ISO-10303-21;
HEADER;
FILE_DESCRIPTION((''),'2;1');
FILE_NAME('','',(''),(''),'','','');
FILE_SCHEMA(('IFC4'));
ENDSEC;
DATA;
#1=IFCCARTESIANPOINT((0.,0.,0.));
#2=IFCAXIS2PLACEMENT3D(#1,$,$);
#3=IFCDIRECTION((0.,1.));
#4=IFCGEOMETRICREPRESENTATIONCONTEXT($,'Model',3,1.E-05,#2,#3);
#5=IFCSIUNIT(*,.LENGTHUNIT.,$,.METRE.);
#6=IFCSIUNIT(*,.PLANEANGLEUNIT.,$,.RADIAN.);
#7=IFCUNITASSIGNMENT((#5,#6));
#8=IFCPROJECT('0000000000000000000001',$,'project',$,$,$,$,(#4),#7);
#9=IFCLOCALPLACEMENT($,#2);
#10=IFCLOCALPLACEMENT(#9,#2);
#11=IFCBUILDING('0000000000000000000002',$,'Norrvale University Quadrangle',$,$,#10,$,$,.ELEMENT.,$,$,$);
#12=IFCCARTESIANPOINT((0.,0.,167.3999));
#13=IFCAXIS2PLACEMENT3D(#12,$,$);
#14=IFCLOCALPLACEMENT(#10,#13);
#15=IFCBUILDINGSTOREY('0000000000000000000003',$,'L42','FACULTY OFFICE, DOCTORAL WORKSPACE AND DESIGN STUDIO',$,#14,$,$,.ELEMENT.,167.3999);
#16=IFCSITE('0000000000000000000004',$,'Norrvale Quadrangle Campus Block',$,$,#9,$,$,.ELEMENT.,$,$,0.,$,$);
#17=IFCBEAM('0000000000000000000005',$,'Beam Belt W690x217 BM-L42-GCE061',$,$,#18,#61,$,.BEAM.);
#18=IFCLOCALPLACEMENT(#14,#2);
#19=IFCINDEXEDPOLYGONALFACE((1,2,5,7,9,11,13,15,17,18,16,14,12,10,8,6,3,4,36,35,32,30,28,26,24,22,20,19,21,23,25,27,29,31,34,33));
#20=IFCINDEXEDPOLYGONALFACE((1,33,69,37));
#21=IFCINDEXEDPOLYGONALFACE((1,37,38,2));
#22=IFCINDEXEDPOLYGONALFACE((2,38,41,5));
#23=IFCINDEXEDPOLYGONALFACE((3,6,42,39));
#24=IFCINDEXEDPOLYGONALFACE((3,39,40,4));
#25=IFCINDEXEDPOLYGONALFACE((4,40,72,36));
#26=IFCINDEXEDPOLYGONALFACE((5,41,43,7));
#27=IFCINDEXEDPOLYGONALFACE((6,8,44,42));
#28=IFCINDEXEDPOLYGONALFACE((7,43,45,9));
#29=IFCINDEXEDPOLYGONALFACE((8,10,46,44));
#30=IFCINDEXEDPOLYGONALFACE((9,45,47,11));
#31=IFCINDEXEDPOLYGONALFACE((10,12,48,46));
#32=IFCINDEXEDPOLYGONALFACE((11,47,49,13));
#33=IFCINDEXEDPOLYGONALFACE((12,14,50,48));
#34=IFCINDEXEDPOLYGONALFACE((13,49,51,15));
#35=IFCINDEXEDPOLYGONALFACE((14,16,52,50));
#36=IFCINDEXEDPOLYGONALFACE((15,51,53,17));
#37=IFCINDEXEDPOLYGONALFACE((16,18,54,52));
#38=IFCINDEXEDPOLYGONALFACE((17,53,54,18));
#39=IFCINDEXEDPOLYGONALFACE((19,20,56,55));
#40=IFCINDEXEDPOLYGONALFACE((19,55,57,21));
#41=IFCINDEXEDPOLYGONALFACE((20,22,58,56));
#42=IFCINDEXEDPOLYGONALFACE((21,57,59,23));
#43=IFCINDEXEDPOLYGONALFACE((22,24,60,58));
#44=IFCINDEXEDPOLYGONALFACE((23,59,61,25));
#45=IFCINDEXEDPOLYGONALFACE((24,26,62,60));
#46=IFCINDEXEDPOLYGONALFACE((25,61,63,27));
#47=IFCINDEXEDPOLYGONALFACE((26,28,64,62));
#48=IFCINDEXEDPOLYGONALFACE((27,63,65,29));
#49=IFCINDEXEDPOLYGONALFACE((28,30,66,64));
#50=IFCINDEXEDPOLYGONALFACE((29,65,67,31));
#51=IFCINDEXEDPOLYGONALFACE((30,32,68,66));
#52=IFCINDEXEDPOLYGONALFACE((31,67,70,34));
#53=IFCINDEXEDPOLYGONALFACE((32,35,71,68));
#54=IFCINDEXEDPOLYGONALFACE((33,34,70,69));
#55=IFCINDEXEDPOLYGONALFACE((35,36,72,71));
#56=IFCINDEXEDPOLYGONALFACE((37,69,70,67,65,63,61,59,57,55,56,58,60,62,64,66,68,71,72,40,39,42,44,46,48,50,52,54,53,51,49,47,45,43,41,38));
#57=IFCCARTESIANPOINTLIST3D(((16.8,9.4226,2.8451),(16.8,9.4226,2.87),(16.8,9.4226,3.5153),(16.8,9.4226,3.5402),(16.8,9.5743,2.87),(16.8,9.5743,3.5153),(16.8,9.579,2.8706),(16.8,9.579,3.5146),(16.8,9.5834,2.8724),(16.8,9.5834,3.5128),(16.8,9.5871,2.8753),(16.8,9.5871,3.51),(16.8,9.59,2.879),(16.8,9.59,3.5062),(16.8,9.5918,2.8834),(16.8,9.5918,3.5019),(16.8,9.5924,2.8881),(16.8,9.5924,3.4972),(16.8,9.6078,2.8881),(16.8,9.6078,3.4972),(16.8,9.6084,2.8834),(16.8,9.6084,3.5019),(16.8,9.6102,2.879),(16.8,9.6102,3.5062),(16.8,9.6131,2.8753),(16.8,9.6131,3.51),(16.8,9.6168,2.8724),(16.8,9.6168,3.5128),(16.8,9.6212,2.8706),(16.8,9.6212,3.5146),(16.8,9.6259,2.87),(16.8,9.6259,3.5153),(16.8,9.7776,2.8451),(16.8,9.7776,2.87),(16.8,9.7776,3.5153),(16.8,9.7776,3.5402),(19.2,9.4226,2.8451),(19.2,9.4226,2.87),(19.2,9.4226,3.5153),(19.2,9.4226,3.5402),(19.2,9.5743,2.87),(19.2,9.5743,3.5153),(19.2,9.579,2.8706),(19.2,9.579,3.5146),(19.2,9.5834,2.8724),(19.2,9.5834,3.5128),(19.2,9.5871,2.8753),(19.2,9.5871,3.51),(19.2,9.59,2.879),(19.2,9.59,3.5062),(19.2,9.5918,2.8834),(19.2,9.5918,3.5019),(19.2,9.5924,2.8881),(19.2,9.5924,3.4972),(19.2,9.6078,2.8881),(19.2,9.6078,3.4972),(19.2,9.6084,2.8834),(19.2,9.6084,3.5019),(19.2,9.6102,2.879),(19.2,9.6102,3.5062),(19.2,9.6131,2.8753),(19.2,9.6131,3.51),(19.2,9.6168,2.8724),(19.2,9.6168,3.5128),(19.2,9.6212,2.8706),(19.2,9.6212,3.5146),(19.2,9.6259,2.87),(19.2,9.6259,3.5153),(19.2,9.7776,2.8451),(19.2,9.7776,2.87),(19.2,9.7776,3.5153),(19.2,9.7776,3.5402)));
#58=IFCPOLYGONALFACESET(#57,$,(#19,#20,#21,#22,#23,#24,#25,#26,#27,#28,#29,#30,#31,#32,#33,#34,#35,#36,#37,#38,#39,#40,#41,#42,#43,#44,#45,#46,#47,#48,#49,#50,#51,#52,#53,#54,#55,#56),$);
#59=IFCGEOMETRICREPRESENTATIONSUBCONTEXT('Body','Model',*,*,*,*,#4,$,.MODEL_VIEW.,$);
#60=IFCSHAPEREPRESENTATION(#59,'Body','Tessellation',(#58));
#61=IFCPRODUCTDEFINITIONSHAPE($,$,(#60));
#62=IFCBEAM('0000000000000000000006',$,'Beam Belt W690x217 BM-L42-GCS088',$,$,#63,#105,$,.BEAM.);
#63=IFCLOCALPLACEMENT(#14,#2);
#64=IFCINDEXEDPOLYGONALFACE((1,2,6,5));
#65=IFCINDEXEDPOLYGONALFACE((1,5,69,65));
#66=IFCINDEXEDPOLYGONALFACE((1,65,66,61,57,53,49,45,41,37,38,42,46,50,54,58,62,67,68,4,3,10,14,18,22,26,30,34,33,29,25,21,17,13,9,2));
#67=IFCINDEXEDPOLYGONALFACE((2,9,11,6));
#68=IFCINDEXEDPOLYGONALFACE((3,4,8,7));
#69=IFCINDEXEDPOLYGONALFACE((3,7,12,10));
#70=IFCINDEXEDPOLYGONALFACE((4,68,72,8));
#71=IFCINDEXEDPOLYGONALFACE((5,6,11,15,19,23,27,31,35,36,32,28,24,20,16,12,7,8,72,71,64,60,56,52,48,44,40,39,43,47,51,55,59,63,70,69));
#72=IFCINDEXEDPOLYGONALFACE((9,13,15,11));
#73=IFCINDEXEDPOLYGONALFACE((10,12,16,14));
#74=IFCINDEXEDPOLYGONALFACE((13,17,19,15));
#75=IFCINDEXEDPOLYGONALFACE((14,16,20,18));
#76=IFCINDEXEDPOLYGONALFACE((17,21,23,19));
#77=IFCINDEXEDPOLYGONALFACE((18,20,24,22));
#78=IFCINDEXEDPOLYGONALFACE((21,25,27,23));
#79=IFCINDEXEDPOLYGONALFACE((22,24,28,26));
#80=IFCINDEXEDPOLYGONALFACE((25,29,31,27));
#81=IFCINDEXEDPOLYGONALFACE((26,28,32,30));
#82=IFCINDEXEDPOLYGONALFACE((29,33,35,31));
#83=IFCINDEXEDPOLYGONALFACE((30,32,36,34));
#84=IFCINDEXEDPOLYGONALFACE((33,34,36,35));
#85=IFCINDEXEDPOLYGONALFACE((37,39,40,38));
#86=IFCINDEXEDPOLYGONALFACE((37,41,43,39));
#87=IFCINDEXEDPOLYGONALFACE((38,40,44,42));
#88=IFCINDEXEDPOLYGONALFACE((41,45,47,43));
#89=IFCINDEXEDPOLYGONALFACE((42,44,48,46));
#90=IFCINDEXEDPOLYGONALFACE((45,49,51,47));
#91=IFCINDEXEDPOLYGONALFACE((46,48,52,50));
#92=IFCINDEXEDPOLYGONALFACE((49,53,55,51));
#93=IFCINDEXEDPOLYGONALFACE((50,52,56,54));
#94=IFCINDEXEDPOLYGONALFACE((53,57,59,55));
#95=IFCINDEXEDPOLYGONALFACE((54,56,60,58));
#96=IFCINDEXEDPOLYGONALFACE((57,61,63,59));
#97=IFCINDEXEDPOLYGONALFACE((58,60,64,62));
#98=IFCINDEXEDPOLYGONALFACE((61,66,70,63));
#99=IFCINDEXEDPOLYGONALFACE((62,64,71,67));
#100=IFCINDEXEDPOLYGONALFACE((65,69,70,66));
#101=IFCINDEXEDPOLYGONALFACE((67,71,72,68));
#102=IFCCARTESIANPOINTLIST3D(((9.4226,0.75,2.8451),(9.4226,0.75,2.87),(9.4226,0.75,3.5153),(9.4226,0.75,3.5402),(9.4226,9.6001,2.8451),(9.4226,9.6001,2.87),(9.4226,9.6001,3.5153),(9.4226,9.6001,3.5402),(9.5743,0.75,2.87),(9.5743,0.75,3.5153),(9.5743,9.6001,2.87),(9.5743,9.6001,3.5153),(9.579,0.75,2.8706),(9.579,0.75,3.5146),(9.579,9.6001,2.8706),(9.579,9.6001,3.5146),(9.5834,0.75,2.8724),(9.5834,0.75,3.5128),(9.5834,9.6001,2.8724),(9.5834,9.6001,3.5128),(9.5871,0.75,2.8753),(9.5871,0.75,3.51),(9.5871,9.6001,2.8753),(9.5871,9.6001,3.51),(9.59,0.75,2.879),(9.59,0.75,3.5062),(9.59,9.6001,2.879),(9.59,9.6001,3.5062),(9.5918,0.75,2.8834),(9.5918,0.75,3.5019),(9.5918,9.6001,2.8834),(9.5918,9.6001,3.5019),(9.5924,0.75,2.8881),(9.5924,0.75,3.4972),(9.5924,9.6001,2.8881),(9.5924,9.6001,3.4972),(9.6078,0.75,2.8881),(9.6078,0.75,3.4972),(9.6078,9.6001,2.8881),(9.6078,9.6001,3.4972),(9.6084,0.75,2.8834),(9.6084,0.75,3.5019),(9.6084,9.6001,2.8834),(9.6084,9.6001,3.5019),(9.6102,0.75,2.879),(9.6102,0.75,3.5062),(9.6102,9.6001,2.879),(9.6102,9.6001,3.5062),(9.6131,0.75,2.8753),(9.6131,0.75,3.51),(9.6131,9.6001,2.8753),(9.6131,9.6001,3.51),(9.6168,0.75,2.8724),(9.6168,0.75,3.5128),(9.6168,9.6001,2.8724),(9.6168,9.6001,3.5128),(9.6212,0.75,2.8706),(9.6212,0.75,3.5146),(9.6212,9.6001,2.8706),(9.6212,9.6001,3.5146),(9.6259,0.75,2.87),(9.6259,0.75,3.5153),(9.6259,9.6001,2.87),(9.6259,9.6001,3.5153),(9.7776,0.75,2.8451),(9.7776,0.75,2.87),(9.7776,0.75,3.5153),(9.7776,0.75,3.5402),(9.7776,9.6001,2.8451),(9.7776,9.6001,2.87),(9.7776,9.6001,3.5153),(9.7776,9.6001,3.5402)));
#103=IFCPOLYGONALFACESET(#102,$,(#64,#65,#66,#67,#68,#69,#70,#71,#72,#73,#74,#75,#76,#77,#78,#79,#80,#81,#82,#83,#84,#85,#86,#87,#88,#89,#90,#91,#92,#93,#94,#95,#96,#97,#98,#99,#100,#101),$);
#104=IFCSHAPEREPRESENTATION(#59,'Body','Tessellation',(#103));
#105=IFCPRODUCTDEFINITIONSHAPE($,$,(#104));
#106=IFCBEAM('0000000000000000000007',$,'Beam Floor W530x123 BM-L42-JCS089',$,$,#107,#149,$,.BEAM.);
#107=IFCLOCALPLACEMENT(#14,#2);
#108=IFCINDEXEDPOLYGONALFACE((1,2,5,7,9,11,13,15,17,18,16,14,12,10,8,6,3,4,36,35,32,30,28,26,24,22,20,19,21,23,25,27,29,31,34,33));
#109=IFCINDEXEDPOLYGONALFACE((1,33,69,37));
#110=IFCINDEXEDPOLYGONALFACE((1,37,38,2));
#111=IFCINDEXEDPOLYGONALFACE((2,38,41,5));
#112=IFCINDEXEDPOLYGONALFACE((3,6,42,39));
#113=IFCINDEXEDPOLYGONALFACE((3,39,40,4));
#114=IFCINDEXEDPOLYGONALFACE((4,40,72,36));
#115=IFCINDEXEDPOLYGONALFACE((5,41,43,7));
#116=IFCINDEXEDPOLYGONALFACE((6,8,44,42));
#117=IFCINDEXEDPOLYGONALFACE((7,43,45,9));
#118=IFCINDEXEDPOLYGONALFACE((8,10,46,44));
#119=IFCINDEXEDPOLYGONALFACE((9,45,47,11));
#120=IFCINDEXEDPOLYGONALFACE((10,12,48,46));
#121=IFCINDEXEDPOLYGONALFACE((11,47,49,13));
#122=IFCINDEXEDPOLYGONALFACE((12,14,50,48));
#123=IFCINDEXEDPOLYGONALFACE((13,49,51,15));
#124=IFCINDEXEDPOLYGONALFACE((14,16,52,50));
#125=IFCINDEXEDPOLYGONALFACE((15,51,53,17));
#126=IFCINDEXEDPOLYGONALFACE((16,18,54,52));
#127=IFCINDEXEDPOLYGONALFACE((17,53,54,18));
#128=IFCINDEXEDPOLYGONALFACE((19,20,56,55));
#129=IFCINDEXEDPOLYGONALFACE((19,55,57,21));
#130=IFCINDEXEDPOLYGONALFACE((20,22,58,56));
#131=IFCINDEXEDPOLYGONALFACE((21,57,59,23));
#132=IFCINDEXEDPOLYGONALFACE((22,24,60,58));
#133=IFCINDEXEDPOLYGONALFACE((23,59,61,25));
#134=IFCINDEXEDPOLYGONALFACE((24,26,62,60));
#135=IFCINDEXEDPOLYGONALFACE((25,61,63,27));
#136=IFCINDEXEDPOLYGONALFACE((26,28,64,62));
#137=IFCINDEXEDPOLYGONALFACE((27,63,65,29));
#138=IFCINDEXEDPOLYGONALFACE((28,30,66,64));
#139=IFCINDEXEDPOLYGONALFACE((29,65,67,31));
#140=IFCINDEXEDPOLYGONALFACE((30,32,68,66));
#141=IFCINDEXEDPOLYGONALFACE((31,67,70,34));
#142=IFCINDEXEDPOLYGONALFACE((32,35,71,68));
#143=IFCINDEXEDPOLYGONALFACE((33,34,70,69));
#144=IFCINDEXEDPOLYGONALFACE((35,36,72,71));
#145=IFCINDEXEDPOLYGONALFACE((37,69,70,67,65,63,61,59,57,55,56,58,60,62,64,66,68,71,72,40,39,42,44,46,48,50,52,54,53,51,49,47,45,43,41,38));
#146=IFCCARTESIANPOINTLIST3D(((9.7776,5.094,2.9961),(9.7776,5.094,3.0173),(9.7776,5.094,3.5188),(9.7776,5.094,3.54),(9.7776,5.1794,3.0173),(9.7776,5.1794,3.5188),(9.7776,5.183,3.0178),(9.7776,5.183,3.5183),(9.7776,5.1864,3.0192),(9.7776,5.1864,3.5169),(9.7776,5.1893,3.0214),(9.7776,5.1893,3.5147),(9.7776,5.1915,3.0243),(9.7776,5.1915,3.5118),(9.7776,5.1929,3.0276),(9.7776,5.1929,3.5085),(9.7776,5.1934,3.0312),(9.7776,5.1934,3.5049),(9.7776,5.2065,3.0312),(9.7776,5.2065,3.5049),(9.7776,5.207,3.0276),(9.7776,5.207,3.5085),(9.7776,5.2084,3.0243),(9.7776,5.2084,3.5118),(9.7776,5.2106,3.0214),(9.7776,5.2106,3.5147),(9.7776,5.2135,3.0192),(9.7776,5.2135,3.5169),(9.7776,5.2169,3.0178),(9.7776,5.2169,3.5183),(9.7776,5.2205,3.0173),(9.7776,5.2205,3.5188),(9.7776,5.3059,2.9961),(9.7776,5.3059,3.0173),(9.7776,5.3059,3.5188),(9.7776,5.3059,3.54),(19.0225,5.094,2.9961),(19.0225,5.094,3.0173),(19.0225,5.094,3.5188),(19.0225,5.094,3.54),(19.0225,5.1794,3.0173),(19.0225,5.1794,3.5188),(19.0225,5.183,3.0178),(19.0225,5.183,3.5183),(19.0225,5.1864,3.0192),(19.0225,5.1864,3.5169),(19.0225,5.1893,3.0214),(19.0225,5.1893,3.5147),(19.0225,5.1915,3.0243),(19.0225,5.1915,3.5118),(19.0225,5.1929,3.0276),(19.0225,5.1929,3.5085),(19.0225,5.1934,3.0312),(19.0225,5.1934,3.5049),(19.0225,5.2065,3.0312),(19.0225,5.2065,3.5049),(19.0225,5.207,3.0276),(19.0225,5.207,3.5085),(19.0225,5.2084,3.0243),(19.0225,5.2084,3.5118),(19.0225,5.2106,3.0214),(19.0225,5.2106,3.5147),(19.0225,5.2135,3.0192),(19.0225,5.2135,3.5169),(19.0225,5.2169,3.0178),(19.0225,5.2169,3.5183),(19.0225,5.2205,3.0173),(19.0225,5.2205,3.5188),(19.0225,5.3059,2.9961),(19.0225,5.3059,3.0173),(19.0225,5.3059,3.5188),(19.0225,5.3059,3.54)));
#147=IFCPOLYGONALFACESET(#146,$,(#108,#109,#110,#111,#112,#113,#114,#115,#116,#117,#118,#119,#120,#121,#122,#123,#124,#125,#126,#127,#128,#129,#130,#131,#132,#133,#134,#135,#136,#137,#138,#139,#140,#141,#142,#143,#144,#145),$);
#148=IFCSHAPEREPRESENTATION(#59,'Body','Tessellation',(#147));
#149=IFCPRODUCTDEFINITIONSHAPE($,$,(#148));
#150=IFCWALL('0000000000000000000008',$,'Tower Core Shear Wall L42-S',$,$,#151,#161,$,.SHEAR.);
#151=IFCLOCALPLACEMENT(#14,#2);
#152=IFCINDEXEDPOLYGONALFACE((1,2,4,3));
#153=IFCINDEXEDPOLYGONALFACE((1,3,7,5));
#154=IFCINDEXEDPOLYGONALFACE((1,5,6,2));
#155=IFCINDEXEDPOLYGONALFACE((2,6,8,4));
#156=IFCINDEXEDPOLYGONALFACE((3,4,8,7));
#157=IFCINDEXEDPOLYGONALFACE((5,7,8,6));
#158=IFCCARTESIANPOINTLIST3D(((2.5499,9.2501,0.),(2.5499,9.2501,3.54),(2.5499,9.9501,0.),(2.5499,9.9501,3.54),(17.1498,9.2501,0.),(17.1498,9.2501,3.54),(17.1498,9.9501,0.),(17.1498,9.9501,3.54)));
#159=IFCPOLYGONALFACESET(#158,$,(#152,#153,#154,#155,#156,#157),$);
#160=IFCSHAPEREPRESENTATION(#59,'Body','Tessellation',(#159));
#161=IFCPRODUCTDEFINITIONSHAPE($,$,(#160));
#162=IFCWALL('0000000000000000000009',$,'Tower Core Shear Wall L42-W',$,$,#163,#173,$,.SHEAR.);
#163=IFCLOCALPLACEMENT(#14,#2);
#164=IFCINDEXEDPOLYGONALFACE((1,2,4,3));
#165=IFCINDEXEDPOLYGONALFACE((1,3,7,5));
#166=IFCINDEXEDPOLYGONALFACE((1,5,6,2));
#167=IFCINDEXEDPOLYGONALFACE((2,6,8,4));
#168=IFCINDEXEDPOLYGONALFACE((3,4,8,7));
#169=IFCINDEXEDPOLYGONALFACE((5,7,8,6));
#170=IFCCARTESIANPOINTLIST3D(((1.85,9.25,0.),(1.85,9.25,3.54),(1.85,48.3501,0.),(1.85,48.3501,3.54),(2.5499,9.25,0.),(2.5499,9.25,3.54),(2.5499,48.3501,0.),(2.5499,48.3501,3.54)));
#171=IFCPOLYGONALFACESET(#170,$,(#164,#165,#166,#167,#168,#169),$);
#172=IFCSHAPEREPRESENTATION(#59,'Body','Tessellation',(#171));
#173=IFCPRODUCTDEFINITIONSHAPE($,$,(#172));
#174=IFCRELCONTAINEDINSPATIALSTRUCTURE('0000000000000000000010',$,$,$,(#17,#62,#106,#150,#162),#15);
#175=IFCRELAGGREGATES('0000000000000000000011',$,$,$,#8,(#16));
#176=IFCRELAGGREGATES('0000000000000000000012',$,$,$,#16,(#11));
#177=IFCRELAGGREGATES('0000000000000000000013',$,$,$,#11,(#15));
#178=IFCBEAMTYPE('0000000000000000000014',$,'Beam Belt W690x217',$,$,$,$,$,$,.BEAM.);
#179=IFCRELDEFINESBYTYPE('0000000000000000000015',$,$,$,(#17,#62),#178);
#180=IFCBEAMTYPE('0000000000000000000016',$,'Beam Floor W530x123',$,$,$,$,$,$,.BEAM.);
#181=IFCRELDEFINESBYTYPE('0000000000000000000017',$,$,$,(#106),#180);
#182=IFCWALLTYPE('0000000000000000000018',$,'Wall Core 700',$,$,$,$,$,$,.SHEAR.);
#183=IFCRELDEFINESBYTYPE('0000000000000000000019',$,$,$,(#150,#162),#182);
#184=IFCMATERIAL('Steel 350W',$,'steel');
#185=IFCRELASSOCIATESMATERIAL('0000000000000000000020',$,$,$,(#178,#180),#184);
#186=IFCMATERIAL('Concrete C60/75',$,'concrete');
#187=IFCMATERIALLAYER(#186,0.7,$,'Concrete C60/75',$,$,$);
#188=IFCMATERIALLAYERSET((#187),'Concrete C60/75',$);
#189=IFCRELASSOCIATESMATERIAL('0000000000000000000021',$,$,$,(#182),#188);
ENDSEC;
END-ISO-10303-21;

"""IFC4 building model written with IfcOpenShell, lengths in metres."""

from ifc_helpers import new_model, si_unit, direction, frame, frame_2d, origin, origin_2d, place, context, subcontext, project, spatial, rectangle, i_section, extrude, material, layer, layer_set, material_profile, profile_set, type_object, element, save


model = new_model("IFC4")

# Units and contexts
model_context = context("Model", 3, precision=1e-05, world=origin(), true_north=direction((0.0, 1.0)))
body_context = subcontext(model_context, "Body", "Model", "MODEL_VIEW")
ifc_project = project(units=[si_unit("LENGTHUNIT", "METRE"), si_unit("PLANEANGLEUNIT", "RADIAN")], contexts=[model_context])

# Site, building, storey
site_placement = place(None, origin())
site = spatial("IfcSite", under=ifc_project, at=site_placement, Name="Norrvale Quadrangle Campus Block", CompositionType="ELEMENT", RefElevation=0.0)
building_placement = place(site_placement, origin())
building = spatial("IfcBuilding", under=site, at=building_placement, Name="Norrvale University Quadrangle", CompositionType="ELEMENT")
storey_placement = place(building_placement, frame((0.0, 0.0, 167.3999)))
storey = spatial("IfcBuildingStorey", under=building, at=storey_placement, Name="L42", Description="FACULTY OFFICE, DOCTORAL WORKSPACE AND DESIGN STUDIO", CompositionType="ELEMENT", Elevation=167.3999)

# Shared definitions
ifc_material_1 = material(Name="Concrete C60/75", Category="concrete")

# Beams
ifc_material_2 = material(Name="Steel 350W", Category="steel")
ifc_material_profile_1 = material_profile(ifc_material_2, i_section(OverallWidth=0.355, OverallDepth=0.6951, WebThickness=0.0154, FlangeThickness=0.0249, FilletRadius=0.0181, at=origin_2d()), Name="Steel 350W")
ifc_profile_set_1 = profile_set([ifc_material_profile_1], Name="Steel 350W")
beam_type_1 = type_object("IfcBeamType", Name="Beam Belt W690x217", PredefinedType="BEAM", material=ifc_profile_set_1)
beam_1_placement = place(storey_placement, frame((16.8, 9.6001, 3.1926), z_axis=(1.0, 0.0, 0.0), x_axis=(0.0, 1.0, 0.0)))
element("IfcBeam", 1, at=beam_1_placement, inside=storey, type_object=beam_type_1, Name="Beam Belt W690x217 BM-L42-GCE061", PredefinedType="BEAM", context=body_context, shape_type="SweptSolid", body=[
    extrude(i_section(OverallWidth=0.355, OverallDepth=0.6951, WebThickness=0.0154, FlangeThickness=0.0249, FilletRadius=0.0181, at=origin_2d()), origin(), (0.0, 0.0, 1.0), 2.3999),
])
beam_2_placement = place(storey_placement, frame((9.6001, 0.75, 3.1926), z_axis=(0.0, 1.0, 0.0), x_axis=(-1.0, 0.0, 0.0)))
element("IfcBeam", 2, at=beam_2_placement, inside=storey, type_object=beam_type_1, Name="Beam Belt W690x217 BM-L42-GCS088", PredefinedType="BEAM", context=body_context, shape_type="SweptSolid", body=[
    extrude(i_section(OverallWidth=0.355, OverallDepth=0.6951, WebThickness=0.0154, FlangeThickness=0.0249, FilletRadius=0.0181, at=origin_2d()), origin(), (0.0, 0.0, 1.0), 8.8501),
])
ifc_material_profile_2 = material_profile(ifc_material_2, i_section(OverallWidth=0.2119, OverallDepth=0.5439, WebThickness=0.0132, FlangeThickness=0.0212, FilletRadius=0.0139, at=origin_2d()), Name="Steel 350W")
ifc_profile_set_2 = profile_set([ifc_material_profile_2], Name="Steel 350W")
beam_type_2 = type_object("IfcBeamType", Name="Beam Floor W530x123", PredefinedType="BEAM", material=ifc_profile_set_2)
beam_3_placement = place(storey_placement, frame((9.7776, 5.2, 3.2681), z_axis=(1.0, 0.0, 0.0), x_axis=(0.0, 1.0, 0.0)))
element("IfcBeam", 3, at=beam_3_placement, inside=storey, type_object=beam_type_2, Name="Beam Floor W530x123 BM-L42-JCS089", PredefinedType="BEAM", context=body_context, shape_type="SweptSolid", body=[
    extrude(i_section(OverallWidth=0.2119, OverallDepth=0.5439, WebThickness=0.0132, FlangeThickness=0.0212, FilletRadius=0.0139, at=origin_2d()), origin(), (0.0, 0.0, 1.0), 9.2449),
])

# Walls
ifc_layer_1 = layer(ifc_material_1, 0.7, Name="Concrete C60/75")
ifc_layer_set_1 = layer_set([ifc_layer_1], Name="Concrete C60/75")
wall_type_1 = type_object("IfcWallType", Name="Wall Core 700", PredefinedType="SHEAR", material=ifc_layer_set_1)
wall_1_placement = place(storey_placement, frame((2.55, 9.6001, 0.0), z_axis=(0.0, 0.0, 1.0), x_axis=(1.0, 0.0, 0.0)))
element("IfcWall", 4, at=wall_1_placement, inside=storey, type_object=wall_type_1, Name="Tower Core Shear Wall L42-S", PredefinedType="SHEAR", context=body_context, shape_type="SweptSolid", body=[
    extrude(rectangle(XDim=14.5999, YDim=0.7, at=frame_2d((7.2998, 0.0))), origin(), (0.0, 0.0, 1.0), 3.54),
])
wall_2_placement = place(storey_placement, frame((2.2, 9.25, 0.0), z_axis=(0.0, 0.0, 1.0), x_axis=(0.0, 1.0, 0.0)))
element("IfcWall", 5, at=wall_2_placement, inside=storey, type_object=wall_type_1, Name="Tower Core Shear Wall L42-W", PredefinedType="SHEAR", context=body_context, shape_type="SweptSolid", body=[
    extrude(rectangle(XDim=39.1001, YDim=0.7, at=frame_2d((19.55, 0.0))), origin(), (0.0, 0.0, 1.0), 3.54),
])

save(model, "model.ifc")
